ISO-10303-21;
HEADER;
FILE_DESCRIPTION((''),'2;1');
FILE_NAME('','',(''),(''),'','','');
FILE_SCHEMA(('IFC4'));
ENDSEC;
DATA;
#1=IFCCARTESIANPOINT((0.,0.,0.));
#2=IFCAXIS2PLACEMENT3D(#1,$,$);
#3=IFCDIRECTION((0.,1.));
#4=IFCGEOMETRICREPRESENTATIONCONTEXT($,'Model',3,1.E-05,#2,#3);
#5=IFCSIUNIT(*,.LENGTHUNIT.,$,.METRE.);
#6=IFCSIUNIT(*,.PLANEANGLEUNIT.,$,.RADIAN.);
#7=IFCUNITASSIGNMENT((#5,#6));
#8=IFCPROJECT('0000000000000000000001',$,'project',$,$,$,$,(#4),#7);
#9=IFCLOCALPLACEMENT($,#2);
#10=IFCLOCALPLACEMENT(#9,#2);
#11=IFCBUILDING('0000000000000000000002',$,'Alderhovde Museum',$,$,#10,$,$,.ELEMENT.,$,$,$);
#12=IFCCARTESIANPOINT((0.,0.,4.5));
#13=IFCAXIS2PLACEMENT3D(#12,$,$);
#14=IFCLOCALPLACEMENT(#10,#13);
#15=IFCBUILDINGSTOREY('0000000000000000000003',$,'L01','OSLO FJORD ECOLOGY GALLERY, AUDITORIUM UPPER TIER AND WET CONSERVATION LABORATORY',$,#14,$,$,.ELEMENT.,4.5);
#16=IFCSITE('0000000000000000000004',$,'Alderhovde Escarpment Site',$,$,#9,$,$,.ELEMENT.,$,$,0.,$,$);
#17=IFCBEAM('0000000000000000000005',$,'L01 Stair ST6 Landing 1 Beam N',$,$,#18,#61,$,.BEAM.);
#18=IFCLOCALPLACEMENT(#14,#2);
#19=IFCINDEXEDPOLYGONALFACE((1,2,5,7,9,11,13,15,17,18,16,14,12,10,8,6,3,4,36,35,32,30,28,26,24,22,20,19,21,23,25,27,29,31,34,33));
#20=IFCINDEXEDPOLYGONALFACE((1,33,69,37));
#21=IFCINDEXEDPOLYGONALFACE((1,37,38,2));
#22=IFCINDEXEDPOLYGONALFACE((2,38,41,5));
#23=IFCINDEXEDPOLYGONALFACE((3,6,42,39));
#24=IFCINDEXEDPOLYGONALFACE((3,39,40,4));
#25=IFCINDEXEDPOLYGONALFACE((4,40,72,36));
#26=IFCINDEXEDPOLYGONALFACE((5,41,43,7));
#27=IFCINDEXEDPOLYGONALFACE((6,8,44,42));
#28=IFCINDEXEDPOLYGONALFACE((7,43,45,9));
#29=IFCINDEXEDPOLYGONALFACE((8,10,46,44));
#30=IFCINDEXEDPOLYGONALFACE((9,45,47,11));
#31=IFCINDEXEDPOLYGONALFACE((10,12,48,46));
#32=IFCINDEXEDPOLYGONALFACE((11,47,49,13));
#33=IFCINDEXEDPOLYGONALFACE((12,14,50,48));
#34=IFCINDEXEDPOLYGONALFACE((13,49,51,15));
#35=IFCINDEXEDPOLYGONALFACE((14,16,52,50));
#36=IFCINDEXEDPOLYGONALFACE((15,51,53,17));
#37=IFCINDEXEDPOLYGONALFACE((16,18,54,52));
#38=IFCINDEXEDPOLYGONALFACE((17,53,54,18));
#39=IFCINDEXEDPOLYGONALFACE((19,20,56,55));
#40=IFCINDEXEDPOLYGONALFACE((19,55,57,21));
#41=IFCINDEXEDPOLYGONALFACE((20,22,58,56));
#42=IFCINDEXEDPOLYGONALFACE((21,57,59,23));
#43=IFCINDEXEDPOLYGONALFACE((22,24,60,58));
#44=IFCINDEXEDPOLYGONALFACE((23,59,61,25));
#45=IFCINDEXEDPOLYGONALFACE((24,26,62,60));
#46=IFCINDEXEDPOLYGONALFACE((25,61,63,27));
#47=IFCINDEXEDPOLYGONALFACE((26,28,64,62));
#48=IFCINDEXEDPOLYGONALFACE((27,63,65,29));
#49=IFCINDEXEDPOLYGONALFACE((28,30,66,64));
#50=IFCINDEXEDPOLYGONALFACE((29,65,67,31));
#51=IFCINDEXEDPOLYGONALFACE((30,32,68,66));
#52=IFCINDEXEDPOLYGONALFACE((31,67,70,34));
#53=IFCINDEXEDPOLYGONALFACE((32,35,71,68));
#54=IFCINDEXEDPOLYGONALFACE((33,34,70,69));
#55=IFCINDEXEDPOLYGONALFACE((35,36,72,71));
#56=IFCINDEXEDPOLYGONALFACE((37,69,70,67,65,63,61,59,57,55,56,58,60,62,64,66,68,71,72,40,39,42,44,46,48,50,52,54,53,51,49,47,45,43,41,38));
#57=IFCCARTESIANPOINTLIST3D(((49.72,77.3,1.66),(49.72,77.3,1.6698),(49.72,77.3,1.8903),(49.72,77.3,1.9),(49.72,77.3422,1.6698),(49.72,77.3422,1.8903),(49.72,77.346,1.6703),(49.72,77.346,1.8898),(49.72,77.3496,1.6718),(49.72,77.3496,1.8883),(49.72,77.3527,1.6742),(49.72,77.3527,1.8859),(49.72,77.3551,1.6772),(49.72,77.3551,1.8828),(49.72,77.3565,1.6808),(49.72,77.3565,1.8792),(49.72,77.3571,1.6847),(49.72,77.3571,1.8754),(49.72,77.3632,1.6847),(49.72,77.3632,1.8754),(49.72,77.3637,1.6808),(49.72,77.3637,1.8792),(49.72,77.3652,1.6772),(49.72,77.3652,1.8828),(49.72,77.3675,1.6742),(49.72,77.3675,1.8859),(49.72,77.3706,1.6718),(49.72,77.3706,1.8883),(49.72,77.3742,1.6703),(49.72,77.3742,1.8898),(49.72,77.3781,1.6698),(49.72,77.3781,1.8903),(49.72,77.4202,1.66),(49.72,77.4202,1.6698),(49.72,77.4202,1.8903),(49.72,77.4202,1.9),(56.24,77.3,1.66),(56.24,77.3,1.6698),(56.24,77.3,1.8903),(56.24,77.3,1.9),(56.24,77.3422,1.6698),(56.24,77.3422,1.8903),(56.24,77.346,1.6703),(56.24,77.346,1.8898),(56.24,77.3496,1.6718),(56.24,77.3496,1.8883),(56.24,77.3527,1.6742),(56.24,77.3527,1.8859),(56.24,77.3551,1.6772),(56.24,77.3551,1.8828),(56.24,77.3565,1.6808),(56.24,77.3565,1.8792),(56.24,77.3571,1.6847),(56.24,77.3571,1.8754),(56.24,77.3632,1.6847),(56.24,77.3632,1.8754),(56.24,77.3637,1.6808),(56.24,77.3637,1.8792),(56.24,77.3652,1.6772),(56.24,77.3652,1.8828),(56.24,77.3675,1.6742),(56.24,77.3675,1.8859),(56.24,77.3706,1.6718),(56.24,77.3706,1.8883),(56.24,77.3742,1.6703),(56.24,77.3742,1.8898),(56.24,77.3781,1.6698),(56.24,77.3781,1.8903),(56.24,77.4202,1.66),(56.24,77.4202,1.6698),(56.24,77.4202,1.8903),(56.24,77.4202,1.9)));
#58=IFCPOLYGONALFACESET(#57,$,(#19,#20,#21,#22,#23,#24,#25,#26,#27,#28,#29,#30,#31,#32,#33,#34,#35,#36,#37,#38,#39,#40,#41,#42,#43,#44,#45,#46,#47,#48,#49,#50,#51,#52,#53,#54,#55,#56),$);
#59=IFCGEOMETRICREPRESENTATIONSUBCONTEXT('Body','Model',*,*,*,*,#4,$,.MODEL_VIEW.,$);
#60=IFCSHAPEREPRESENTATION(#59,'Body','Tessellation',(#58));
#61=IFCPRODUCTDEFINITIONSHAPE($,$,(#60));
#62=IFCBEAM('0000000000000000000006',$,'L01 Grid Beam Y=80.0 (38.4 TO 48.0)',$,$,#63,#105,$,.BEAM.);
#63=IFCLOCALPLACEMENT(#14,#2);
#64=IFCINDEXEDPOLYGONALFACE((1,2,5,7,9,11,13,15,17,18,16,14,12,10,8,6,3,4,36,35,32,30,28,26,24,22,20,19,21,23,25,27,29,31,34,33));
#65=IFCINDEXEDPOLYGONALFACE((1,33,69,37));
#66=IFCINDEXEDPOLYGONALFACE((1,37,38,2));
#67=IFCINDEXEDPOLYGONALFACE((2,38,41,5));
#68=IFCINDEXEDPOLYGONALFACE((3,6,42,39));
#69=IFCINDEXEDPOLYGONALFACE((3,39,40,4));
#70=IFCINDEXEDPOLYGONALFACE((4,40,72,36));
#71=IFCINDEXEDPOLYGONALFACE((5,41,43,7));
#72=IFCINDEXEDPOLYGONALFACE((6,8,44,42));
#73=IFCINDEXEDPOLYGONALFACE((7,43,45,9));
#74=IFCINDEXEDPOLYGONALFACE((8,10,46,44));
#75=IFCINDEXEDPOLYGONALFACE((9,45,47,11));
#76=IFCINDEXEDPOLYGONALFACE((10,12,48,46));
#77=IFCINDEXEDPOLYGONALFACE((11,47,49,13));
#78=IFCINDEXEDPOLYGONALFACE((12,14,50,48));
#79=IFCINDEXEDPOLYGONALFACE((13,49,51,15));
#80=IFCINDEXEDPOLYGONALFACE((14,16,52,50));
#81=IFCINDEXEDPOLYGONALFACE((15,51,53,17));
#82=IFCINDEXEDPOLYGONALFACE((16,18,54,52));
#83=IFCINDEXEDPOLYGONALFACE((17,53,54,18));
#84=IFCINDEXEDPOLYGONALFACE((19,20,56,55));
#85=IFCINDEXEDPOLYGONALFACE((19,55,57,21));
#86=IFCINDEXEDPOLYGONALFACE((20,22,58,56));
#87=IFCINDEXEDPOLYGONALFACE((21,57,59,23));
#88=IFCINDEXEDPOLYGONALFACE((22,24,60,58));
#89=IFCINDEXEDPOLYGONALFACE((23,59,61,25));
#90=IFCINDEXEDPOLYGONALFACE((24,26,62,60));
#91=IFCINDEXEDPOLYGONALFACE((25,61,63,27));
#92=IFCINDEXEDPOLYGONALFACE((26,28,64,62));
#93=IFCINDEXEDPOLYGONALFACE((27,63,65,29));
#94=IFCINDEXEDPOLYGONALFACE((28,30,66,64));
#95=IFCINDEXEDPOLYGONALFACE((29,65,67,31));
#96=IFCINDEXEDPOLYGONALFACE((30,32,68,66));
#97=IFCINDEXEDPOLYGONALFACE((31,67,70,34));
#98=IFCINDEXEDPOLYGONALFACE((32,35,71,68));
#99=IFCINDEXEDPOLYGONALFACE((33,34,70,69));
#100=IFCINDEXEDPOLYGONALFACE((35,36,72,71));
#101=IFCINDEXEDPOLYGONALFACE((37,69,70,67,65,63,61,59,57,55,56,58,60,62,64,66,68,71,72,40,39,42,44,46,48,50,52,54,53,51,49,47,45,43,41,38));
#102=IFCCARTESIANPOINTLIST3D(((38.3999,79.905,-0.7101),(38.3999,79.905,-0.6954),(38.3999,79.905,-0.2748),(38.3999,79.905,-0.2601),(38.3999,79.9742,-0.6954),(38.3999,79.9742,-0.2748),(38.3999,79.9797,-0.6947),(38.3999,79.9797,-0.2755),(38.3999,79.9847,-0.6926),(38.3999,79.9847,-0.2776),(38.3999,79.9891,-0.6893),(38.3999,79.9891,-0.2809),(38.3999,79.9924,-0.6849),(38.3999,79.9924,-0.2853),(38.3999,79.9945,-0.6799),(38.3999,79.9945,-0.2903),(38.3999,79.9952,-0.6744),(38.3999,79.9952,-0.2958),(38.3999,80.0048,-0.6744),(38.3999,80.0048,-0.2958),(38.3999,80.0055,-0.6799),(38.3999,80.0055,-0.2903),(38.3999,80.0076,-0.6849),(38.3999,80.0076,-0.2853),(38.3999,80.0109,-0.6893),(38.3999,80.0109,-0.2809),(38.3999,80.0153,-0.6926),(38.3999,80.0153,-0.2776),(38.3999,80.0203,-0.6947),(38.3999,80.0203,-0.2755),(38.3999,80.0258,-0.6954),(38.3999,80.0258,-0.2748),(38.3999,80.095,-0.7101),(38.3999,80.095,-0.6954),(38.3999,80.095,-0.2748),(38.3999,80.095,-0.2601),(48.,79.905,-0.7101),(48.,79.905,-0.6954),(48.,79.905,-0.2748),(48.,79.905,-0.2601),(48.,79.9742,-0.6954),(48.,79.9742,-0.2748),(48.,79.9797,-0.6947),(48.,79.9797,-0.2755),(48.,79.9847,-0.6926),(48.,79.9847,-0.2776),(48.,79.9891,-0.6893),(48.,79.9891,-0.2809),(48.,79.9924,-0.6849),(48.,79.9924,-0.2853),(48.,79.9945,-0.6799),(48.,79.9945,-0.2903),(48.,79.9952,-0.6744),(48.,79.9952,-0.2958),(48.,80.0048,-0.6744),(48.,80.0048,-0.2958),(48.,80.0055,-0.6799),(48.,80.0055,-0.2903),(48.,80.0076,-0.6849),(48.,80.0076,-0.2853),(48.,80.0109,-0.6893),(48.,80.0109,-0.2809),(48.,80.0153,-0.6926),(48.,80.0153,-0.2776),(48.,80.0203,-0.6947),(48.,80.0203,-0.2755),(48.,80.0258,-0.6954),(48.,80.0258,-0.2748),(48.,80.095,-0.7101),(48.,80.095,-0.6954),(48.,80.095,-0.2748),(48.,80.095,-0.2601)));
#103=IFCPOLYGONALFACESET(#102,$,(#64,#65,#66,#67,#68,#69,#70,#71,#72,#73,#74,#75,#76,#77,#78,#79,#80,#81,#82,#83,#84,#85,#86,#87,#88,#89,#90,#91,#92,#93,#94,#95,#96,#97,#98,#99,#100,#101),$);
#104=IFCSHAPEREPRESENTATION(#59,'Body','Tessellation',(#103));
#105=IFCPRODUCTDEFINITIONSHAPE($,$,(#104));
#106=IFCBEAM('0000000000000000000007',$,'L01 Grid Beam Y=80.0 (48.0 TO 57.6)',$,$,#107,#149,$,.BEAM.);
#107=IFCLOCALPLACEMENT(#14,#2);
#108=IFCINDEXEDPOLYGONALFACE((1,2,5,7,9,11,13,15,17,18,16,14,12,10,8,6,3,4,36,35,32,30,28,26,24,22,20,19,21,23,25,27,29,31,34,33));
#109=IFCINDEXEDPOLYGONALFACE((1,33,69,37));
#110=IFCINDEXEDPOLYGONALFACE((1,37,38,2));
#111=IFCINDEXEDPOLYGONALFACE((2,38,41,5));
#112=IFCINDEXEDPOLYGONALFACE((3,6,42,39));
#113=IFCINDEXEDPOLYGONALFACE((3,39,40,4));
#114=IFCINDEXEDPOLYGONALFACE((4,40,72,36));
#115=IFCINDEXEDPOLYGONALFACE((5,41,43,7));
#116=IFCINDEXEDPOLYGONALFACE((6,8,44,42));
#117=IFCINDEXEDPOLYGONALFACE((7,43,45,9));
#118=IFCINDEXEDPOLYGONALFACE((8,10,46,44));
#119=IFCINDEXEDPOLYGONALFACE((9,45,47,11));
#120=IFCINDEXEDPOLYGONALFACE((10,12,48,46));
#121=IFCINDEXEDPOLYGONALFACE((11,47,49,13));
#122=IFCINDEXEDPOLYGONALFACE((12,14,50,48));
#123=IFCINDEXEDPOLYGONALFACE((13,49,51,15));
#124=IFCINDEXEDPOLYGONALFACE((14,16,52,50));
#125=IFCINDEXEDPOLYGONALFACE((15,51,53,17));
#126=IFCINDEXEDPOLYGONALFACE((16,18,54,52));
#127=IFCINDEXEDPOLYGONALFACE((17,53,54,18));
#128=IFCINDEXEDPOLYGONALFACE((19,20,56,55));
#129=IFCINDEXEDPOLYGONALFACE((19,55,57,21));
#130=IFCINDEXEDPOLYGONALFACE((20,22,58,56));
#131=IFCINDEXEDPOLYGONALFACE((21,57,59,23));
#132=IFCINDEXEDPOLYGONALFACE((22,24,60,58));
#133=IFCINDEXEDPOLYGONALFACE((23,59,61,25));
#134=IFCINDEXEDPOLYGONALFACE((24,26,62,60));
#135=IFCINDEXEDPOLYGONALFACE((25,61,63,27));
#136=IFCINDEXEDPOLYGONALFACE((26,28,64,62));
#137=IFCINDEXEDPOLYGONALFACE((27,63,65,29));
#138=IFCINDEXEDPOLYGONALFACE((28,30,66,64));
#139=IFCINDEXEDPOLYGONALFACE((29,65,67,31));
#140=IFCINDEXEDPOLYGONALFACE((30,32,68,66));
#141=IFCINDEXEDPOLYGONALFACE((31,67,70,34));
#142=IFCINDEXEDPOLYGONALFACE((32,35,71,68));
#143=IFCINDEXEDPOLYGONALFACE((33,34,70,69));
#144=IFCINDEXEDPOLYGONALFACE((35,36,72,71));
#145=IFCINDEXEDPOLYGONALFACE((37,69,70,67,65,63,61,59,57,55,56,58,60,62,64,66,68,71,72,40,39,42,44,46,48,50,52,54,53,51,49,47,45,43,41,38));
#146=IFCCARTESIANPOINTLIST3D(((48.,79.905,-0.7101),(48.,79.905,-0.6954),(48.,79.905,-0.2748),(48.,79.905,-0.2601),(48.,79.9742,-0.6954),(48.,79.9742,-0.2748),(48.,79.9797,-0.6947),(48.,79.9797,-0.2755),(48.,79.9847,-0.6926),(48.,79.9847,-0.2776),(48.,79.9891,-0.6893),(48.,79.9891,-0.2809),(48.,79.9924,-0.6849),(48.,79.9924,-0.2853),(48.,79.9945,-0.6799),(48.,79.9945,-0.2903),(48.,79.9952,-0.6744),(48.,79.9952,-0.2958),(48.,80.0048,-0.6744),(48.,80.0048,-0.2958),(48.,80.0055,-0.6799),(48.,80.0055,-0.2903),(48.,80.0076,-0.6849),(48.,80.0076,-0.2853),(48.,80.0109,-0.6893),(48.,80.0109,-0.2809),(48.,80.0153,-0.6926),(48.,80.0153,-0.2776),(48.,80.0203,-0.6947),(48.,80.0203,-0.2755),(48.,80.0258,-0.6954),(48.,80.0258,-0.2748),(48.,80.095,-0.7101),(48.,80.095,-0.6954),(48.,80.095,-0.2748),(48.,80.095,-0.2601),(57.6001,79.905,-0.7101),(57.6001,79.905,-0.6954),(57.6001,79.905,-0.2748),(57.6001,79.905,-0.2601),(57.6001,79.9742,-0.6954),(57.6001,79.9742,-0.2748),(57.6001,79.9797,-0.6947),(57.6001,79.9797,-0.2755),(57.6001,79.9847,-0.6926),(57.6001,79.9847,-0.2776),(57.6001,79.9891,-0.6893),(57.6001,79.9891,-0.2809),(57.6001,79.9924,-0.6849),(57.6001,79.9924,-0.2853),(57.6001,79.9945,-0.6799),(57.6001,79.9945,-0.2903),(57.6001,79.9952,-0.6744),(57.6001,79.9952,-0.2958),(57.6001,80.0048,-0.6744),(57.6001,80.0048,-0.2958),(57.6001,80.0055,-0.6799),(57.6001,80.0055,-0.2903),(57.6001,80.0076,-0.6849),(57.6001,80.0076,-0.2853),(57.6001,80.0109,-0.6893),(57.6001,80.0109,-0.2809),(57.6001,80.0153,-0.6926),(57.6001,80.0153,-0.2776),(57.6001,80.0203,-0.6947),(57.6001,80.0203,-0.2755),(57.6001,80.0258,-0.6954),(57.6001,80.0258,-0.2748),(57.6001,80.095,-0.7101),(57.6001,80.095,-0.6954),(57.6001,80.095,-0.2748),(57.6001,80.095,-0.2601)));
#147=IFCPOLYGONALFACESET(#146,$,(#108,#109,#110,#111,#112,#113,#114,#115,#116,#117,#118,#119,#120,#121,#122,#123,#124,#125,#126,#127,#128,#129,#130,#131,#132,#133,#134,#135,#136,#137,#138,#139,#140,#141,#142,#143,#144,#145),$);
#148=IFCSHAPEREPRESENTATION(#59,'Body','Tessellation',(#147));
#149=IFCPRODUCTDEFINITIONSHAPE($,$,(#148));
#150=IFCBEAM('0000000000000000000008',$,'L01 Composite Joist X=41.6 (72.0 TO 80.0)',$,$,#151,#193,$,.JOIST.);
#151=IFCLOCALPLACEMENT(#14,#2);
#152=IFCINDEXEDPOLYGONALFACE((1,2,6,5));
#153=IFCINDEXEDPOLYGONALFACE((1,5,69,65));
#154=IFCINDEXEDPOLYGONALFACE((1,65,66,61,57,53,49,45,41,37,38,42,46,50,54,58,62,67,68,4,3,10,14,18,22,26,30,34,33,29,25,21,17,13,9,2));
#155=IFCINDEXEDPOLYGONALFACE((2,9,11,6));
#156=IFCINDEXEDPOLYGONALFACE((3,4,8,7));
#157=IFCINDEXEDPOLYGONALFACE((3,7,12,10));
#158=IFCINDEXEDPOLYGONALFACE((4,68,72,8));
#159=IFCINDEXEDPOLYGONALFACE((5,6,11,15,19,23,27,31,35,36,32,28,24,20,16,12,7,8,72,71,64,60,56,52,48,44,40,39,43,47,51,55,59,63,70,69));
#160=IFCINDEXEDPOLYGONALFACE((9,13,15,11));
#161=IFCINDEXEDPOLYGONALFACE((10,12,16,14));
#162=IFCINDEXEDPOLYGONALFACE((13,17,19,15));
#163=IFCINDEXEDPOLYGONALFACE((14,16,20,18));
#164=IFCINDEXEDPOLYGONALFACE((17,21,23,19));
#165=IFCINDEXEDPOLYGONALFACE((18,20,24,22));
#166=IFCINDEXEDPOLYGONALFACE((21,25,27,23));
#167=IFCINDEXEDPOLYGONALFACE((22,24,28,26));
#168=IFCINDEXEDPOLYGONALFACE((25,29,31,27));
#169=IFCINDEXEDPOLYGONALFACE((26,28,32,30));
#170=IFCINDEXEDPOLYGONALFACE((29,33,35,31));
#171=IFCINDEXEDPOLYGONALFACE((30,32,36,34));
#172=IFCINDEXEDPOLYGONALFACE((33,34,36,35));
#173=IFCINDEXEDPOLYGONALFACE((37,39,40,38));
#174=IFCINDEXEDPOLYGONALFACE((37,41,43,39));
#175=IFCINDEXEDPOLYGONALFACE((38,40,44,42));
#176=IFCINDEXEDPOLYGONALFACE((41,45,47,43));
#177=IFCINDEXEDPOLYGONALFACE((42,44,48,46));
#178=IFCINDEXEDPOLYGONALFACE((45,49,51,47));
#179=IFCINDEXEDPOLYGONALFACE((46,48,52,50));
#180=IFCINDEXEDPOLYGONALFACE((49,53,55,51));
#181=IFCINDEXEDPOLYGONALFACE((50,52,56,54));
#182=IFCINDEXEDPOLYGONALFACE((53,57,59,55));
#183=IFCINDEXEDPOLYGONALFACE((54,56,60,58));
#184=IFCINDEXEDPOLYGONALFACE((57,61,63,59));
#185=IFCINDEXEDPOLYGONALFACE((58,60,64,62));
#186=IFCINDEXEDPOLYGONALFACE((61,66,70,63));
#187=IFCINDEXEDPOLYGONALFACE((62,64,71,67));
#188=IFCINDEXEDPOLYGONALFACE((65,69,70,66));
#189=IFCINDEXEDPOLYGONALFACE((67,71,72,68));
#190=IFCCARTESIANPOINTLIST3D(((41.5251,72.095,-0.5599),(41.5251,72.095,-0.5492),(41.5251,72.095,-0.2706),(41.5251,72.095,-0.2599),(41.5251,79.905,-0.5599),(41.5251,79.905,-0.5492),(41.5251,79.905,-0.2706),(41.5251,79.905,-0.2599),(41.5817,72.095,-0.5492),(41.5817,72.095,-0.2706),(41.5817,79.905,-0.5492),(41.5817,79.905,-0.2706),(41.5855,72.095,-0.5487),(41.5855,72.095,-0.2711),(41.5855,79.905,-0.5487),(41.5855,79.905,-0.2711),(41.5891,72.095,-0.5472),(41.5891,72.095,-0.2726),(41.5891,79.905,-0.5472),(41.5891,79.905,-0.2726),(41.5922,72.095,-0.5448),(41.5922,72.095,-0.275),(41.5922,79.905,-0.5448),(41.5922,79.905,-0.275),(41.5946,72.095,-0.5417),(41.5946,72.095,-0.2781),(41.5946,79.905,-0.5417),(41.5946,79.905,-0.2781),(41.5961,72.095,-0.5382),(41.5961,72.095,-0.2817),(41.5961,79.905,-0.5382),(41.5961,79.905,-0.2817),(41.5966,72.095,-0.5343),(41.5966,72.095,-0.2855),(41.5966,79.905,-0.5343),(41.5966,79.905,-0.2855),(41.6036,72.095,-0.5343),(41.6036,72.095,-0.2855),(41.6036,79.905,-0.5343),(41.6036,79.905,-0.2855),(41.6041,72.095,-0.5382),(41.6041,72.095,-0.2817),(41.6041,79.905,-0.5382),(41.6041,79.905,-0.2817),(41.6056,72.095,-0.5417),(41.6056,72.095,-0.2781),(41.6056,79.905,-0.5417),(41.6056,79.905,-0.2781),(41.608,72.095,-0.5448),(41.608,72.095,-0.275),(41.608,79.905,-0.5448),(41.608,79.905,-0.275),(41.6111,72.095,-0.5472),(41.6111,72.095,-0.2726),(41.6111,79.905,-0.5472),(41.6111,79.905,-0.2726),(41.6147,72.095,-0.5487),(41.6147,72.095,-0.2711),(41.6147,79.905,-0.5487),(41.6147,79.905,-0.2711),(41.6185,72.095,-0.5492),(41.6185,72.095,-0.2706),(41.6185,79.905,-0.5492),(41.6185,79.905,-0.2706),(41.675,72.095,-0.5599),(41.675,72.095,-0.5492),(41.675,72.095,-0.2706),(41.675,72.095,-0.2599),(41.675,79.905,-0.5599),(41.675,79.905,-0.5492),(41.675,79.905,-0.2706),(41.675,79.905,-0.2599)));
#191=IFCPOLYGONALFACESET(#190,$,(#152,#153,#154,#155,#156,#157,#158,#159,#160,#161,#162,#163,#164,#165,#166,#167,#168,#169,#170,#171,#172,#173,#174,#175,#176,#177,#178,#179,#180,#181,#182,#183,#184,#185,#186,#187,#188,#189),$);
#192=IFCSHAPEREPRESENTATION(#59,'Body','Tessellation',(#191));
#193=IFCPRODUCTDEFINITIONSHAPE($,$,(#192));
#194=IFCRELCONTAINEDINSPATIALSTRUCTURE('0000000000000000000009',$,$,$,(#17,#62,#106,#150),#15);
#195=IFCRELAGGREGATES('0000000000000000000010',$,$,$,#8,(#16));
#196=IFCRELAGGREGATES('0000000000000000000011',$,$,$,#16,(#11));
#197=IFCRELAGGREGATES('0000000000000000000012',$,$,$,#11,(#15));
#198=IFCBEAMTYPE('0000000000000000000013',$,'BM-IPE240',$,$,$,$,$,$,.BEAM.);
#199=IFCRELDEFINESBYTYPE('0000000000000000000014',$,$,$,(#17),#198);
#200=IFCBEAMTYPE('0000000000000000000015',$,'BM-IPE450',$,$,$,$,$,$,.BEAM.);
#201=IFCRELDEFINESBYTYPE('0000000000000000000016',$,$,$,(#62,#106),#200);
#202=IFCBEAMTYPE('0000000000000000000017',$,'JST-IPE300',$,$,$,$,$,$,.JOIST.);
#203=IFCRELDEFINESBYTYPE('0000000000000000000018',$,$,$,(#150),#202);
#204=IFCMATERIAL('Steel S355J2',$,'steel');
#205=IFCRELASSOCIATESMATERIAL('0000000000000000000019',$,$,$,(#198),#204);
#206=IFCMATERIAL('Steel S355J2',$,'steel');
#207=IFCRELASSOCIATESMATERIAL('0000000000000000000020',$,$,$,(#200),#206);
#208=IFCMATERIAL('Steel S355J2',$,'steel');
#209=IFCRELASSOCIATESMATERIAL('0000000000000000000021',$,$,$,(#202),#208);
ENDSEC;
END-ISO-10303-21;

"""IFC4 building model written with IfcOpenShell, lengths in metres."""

from ifc_helpers import new_model, si_unit, direction, frame, origin, origin_2d, place, context, subcontext, project, spatial, i_section, extrude, material, material_profile, profile_set, type_object, element, save


model = new_model("IFC4")

# Units and contexts
model_context = context("Model", 3, precision=1e-05, world=origin(), true_north=direction((0.0, 1.0)))
body_context = subcontext(model_context, "Body", "Model", "MODEL_VIEW")
ifc_project = project(units=[si_unit("LENGTHUNIT", "METRE"), si_unit("PLANEANGLEUNIT", "RADIAN")], contexts=[model_context])

# Site, building, storey
site_placement = place(None, origin())
site = spatial("IfcSite", under=ifc_project, at=site_placement, Name="Alderhovde Escarpment Site", CompositionType="ELEMENT", RefElevation=0.0)
building_placement = place(site_placement, origin())
building = spatial("IfcBuilding", under=site, at=building_placement, Name="Alderhovde Museum", CompositionType="ELEMENT")
storey_placement = place(building_placement, frame((0.0, 0.0, 4.5)))
storey = spatial("IfcBuildingStorey", under=building, at=storey_placement, Name="L01", Description="OSLO FJORD ECOLOGY GALLERY, AUDITORIUM UPPER TIER AND WET CONSERVATION LABORATORY", CompositionType="ELEMENT", Elevation=4.5)

# Beams
ifc_material_1 = material(Name="Steel S355J2", Category="steel")
ifc_material_profile_1 = material_profile(ifc_material_1, i_section(OverallWidth=0.1201, OverallDepth=0.24, WebThickness=0.0061, FlangeThickness=0.0098, FilletRadius=0.0149, at=origin_2d()), Name="IPE 240")
ifc_profile_set_1 = profile_set([ifc_material_profile_1], Name="Steel S355J2")
beam_type_1 = type_object("IfcBeamType", Name="BM-IPE240", PredefinedType="BEAM", material=ifc_profile_set_1)
for number, where, z_axis, x_axis, name in (
    (1, (49.72, 77.3601, 1.78), (1.0, 0.0, 0.0), (0.0, 1.0, 0.0), "L01 Stair ST6 Landing 1 Beam N"),
):
    element("IfcBeam", number, at=place(storey_placement, frame(where, z_axis=z_axis, x_axis=x_axis)), inside=storey, type_object=beam_type_1, Name=name, PredefinedType="BEAM", context=body_context, shape_type="SweptSolid", body=[
        extrude(i_section(OverallWidth=0.1201, OverallDepth=0.24, WebThickness=0.0061, FlangeThickness=0.0098, FilletRadius=0.0149, at=origin_2d()), origin(), (0.0, 0.0, 1.0), 6.52),
    ])
ifc_material_2 = material(Name="Steel S355J2", Category="steel")
ifc_material_profile_2 = material_profile(ifc_material_2, i_section(OverallWidth=0.1899, OverallDepth=0.45, WebThickness=0.0095, FlangeThickness=0.0146, FilletRadius=0.021, at=origin_2d()), Name="IPE 450")
ifc_profile_set_2 = profile_set([ifc_material_profile_2], Name="Steel S355J2")
beam_type_2 = type_object("IfcBeamType", Name="BM-IPE450", PredefinedType="BEAM", material=ifc_profile_set_2)
for number, where, z_axis, x_axis, name in (
    (2, (38.3999, 80.0, -0.4851), (1.0, 0.0, 0.0), (0.0, 1.0, 0.0), "L01 Grid Beam Y=80.0 (38.4 TO 48.0)"),
    (3, (48.0, 80.0, -0.4851), (1.0, 0.0, 0.0), (0.0, 1.0, 0.0), "L01 Grid Beam Y=80.0 (48.0 TO 57.6)"),
):
    element("IfcBeam", number, at=place(storey_placement, frame(where, z_axis=z_axis, x_axis=x_axis)), inside=storey, type_object=beam_type_2, Name=name, PredefinedType="BEAM", context=body_context, shape_type="SweptSolid", body=[
        extrude(i_section(OverallWidth=0.1899, OverallDepth=0.45, WebThickness=0.0095, FlangeThickness=0.0146, FilletRadius=0.021, at=origin_2d()), origin(), (0.0, 0.0, 1.0), 9.6001),
    ])
ifc_material_3 = material(Name="Steel S355J2", Category="steel")
ifc_material_profile_3 = material_profile(ifc_material_3, i_section(OverallWidth=0.1499, OverallDepth=0.3, WebThickness=0.0071, FlangeThickness=0.0107, FilletRadius=0.0149, at=origin_2d()), Name="IPE 300")
ifc_profile_set_3 = profile_set([ifc_material_profile_3], Name="Steel S355J2")
beam_type_3 = type_object("IfcBeamType", Name="JST-IPE300", PredefinedType="JOIST", material=ifc_profile_set_3)
for number, where, z_axis, x_axis, name in (
    (4, (41.6001, 72.095, -0.4099), (0.0, 1.0, 0.0), (-1.0, 0.0, 0.0), "L01 Composite Joist X=41.6 (72.0 TO 80.0)"),
):
    element("IfcBeam", number, at=place(storey_placement, frame(where, z_axis=z_axis, x_axis=x_axis)), inside=storey, type_object=beam_type_3, Name=name, PredefinedType="JOIST", context=body_context, shape_type="SweptSolid", body=[
        extrude(i_section(OverallWidth=0.1499, OverallDepth=0.3, WebThickness=0.0071, FlangeThickness=0.0107, FilletRadius=0.0149, at=origin_2d()), origin(), (0.0, 0.0, 1.0), 7.8101),
    ])

save(model, "model.ifc")
